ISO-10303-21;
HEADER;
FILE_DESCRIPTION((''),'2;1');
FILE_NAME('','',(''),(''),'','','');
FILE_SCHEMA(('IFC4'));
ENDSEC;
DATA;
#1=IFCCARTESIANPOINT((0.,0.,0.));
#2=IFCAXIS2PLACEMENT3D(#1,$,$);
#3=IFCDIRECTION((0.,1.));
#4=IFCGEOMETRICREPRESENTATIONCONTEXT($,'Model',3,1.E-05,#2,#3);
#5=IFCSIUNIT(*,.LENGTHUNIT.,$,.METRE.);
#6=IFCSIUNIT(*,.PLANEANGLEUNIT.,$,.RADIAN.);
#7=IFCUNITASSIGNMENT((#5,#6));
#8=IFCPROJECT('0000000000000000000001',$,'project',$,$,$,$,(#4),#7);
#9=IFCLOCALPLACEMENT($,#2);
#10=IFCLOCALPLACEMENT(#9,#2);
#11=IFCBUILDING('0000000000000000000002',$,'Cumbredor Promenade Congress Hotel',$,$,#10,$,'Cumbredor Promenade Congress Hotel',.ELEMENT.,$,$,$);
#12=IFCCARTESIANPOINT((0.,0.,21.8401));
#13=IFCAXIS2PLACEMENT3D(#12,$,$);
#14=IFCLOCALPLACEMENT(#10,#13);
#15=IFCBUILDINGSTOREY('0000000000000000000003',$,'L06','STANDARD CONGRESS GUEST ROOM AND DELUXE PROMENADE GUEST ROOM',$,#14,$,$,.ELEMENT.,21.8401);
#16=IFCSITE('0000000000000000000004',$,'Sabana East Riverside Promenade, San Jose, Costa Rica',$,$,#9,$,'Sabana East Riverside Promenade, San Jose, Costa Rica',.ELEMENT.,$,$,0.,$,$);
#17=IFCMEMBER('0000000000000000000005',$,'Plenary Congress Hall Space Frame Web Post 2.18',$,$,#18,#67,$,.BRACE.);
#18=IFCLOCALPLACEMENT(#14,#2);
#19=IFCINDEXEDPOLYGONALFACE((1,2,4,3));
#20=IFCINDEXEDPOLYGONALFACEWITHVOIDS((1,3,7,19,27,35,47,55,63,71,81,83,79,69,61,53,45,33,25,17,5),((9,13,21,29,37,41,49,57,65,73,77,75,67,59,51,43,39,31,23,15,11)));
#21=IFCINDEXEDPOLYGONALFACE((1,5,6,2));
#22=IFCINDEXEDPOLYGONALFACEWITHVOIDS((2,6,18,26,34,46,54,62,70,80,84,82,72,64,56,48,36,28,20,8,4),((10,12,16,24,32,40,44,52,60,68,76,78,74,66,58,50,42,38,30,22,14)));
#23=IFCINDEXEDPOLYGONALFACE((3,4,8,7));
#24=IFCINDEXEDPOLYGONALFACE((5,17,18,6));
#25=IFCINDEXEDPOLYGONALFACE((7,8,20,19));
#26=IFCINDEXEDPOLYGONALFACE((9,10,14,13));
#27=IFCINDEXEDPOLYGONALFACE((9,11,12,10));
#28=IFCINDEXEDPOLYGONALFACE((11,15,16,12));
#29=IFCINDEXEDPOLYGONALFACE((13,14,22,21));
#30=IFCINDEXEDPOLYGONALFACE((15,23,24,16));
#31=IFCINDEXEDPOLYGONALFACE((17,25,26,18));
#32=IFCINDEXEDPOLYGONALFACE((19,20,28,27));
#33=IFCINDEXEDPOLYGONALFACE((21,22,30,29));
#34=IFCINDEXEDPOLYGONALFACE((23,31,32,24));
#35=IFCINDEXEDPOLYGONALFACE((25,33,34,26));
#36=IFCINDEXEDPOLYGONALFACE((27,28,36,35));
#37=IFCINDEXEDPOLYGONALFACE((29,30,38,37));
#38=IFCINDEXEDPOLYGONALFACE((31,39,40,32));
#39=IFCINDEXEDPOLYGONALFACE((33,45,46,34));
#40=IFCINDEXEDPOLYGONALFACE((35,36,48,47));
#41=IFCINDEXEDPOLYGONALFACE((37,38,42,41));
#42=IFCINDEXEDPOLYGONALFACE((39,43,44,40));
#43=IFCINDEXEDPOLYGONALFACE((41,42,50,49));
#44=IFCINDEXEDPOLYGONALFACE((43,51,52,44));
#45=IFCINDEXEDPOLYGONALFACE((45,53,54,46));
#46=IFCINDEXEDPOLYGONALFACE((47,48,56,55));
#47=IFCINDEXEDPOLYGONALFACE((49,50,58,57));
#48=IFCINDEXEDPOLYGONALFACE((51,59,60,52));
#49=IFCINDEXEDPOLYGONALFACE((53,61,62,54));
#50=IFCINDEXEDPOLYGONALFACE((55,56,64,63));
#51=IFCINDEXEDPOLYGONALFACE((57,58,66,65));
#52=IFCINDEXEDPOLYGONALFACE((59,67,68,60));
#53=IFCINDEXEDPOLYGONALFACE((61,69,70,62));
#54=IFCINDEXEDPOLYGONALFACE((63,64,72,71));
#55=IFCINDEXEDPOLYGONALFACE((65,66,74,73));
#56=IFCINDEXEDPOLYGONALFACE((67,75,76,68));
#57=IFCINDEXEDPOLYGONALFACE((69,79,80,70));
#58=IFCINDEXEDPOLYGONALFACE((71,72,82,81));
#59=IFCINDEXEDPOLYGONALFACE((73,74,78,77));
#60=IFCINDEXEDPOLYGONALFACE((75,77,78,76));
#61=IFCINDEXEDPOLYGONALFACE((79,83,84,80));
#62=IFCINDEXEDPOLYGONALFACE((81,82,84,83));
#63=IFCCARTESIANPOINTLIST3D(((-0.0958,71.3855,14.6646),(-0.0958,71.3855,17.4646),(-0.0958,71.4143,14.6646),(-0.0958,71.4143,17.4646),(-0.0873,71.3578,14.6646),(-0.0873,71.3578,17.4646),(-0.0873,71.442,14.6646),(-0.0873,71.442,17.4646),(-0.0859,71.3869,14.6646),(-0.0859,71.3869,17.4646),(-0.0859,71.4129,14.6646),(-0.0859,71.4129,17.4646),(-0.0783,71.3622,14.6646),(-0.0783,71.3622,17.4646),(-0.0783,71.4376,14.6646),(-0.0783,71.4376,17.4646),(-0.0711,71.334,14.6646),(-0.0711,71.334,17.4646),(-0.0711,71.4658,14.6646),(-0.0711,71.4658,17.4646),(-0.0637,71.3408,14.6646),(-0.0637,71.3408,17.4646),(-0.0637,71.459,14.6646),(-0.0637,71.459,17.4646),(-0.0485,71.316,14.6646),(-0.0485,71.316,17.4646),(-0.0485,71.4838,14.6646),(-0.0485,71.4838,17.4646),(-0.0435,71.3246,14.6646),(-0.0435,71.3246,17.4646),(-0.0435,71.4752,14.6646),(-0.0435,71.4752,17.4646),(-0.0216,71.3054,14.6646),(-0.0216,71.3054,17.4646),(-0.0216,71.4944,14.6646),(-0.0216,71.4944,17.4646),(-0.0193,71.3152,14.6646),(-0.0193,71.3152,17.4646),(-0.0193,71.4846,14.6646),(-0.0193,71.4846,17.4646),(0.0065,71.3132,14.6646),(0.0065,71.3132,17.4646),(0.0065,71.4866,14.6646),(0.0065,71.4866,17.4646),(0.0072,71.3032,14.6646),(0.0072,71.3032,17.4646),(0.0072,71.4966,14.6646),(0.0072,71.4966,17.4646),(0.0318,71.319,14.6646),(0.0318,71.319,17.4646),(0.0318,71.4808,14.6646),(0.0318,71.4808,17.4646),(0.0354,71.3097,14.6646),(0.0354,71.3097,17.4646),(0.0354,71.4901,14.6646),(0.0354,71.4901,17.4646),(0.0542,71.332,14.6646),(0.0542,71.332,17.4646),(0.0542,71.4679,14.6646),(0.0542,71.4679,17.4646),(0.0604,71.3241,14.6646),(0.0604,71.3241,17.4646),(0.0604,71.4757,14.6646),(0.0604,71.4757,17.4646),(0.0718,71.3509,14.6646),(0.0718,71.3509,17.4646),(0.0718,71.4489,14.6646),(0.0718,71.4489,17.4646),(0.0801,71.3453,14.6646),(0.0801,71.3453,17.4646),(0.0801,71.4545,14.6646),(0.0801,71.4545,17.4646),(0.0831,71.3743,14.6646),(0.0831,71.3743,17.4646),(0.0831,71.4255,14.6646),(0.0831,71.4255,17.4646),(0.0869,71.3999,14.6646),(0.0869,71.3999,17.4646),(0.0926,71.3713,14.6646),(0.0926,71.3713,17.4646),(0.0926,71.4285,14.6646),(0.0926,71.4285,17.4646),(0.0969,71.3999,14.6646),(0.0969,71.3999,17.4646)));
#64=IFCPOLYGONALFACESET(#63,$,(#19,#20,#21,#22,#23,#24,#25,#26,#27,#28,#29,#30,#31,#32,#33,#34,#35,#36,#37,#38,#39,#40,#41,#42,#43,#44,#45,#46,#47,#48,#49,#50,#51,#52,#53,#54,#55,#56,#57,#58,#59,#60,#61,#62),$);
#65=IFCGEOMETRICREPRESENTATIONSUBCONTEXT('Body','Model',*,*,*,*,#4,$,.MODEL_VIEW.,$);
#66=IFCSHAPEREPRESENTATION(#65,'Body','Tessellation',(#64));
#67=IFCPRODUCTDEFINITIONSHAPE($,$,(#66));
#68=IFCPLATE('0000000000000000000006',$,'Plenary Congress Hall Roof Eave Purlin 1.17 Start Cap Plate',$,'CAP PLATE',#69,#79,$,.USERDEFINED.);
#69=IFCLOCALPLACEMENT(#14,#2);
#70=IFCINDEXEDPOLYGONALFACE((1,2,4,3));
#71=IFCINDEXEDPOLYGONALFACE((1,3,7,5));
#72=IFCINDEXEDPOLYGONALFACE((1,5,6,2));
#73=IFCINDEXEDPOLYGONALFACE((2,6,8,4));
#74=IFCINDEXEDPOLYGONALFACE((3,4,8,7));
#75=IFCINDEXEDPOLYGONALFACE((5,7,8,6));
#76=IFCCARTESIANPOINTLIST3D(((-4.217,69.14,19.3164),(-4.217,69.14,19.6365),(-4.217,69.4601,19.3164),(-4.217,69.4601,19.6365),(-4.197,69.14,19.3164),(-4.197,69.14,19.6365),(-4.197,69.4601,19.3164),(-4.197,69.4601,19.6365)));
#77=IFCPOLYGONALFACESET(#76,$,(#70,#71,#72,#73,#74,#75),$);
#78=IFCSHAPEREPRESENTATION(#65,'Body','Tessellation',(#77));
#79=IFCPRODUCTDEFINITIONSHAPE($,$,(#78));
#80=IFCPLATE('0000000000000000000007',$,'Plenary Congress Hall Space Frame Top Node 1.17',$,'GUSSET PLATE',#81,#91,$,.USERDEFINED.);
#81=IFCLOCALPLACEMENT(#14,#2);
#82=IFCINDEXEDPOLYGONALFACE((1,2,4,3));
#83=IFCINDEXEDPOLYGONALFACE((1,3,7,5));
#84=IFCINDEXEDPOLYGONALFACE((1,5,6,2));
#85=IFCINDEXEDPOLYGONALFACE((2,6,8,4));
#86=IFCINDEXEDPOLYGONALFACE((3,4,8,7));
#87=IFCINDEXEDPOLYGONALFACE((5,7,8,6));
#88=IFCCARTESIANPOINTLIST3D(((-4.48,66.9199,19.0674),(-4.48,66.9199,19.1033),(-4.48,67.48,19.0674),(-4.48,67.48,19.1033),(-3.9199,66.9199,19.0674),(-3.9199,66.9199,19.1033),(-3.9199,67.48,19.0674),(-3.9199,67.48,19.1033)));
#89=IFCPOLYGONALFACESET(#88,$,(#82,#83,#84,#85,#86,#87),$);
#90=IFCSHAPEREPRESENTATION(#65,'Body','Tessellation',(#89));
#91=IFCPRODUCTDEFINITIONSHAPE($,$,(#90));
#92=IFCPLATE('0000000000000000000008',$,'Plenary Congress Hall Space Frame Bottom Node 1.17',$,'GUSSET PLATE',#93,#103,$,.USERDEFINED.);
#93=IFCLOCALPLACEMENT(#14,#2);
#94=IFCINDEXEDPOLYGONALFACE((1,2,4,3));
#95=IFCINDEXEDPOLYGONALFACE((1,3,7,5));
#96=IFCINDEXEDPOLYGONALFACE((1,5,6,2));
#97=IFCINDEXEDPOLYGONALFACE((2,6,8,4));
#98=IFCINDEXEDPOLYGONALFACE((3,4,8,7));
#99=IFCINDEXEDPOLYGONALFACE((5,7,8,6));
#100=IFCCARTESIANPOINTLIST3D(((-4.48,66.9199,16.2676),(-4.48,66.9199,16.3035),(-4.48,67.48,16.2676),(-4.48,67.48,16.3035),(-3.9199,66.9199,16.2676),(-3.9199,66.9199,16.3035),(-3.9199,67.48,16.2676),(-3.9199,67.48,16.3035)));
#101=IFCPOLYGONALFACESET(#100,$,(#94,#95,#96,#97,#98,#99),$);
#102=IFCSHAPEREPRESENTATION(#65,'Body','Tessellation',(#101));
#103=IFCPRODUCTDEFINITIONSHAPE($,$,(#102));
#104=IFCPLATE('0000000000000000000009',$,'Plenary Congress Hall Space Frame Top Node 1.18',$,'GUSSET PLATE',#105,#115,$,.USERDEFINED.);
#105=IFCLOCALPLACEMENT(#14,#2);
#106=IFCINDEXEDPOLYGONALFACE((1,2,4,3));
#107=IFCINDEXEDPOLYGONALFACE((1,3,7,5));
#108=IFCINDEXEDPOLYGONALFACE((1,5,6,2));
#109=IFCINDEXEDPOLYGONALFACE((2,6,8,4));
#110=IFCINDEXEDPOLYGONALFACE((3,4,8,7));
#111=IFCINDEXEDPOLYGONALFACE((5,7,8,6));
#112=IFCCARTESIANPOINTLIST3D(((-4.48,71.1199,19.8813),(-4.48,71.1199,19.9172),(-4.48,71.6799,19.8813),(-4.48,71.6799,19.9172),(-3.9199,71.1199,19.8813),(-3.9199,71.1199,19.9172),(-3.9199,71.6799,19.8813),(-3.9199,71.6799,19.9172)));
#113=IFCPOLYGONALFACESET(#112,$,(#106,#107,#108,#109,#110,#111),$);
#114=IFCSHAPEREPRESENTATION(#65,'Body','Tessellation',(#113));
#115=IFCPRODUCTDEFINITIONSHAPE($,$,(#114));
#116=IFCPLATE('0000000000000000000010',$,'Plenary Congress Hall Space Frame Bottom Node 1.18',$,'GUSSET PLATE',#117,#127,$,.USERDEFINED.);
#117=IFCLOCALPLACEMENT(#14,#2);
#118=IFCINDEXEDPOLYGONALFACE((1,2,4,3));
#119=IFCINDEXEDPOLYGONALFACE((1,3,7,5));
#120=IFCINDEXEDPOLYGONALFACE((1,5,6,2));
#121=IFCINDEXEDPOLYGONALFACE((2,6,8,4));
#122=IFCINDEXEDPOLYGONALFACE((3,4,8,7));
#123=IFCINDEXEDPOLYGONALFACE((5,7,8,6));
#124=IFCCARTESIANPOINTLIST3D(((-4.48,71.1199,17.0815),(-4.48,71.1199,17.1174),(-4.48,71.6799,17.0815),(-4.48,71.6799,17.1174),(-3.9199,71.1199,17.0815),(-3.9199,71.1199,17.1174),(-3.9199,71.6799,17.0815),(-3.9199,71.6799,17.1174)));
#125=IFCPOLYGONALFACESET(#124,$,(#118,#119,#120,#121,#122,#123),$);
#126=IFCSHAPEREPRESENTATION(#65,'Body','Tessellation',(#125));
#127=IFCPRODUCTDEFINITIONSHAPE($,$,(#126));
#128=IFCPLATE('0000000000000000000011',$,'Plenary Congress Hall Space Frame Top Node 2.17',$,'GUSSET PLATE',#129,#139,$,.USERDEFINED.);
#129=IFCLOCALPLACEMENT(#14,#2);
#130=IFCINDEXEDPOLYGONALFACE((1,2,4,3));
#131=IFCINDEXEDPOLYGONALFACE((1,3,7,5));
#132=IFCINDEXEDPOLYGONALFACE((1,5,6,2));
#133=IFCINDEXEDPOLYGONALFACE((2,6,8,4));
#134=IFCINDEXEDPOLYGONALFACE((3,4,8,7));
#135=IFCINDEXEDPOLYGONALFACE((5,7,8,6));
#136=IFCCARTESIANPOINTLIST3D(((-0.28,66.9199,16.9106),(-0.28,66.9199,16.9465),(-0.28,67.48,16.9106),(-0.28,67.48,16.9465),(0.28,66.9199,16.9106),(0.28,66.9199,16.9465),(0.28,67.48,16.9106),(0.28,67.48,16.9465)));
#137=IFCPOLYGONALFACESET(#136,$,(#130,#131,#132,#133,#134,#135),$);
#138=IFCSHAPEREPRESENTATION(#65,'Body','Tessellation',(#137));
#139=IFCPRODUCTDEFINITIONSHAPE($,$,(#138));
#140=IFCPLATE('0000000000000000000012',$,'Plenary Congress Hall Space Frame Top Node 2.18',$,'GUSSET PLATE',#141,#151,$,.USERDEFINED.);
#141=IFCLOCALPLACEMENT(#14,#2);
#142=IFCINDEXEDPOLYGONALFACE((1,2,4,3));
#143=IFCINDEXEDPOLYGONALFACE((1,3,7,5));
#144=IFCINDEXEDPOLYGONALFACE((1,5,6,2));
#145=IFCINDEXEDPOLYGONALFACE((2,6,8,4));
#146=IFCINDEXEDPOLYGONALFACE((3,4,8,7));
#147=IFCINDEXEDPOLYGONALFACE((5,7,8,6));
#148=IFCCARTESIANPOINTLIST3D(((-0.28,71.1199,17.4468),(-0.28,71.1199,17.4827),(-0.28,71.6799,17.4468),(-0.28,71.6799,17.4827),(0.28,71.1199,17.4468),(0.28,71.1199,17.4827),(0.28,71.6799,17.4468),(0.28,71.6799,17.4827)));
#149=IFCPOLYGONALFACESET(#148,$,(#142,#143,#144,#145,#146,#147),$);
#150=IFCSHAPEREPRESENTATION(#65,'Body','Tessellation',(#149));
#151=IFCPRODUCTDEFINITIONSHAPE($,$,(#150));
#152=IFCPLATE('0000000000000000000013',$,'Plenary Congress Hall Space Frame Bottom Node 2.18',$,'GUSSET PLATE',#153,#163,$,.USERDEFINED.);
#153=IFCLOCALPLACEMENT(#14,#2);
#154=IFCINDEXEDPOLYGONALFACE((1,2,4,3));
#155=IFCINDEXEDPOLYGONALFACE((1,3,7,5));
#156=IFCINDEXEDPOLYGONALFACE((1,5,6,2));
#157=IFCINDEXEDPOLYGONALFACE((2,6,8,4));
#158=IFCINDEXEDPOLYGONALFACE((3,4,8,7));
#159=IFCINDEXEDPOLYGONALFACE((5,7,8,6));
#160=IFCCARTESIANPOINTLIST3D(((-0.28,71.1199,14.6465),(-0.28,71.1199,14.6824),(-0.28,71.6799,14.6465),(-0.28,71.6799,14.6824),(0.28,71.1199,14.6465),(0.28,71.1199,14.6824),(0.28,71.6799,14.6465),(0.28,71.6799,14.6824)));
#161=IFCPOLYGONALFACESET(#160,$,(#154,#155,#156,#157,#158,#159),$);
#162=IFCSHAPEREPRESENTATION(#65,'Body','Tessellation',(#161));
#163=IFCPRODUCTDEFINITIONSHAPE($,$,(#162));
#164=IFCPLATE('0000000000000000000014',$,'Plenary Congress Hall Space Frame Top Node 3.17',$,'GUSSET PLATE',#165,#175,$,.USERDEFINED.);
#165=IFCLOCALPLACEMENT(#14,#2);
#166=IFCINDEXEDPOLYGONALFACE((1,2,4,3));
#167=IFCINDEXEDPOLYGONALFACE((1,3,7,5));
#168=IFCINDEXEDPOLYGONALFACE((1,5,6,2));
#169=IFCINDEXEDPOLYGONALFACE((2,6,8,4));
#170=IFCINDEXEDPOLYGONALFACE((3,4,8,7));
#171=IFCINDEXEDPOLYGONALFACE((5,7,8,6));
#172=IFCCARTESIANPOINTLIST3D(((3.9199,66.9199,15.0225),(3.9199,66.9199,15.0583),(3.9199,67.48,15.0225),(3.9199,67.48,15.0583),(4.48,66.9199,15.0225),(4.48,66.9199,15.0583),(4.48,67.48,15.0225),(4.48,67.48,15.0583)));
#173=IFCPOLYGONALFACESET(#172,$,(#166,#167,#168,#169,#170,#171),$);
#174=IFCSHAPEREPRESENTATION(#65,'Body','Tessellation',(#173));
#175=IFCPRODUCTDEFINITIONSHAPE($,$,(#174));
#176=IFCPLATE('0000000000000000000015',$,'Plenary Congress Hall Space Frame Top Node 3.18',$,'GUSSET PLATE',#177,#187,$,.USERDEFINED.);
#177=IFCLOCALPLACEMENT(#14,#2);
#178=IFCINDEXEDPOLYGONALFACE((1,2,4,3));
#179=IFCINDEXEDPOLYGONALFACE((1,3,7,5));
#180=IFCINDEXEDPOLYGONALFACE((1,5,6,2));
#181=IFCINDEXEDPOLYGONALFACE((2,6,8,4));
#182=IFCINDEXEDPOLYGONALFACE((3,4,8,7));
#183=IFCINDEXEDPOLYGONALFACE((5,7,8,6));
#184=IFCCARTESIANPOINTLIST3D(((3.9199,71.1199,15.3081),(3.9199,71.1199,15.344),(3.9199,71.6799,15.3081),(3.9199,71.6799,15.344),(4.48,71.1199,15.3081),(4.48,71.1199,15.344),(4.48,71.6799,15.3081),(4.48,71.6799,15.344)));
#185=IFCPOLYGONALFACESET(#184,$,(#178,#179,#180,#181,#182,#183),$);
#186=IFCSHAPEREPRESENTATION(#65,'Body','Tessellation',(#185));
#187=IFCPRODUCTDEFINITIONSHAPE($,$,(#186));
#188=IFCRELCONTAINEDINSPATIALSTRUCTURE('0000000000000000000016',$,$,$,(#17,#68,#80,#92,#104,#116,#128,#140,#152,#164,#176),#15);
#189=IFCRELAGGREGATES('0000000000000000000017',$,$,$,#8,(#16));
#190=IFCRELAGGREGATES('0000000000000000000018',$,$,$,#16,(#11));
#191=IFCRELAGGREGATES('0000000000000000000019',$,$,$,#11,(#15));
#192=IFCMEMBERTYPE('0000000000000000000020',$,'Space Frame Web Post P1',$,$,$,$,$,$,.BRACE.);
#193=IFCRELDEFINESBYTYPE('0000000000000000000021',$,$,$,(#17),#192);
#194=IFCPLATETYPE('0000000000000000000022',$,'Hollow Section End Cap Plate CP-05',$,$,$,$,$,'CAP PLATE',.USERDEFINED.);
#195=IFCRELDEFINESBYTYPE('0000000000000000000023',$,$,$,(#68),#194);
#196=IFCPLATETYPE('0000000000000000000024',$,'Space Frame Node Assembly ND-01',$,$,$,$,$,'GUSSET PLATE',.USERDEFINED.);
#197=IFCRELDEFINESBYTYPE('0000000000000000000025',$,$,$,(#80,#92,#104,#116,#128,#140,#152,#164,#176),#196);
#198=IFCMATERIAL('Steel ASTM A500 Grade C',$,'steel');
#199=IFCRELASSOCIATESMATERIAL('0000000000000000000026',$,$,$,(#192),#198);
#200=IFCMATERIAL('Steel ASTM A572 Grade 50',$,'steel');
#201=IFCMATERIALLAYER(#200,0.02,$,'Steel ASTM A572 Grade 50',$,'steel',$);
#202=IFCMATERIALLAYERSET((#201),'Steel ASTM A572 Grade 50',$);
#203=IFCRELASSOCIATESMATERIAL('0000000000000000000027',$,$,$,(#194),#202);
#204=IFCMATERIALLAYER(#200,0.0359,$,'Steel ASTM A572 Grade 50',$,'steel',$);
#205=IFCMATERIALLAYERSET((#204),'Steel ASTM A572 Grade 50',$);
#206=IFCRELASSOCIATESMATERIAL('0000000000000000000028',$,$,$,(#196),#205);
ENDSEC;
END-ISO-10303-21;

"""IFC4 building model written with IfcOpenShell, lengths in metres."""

from ifc_helpers import new_model, si_unit, direction, frame, origin, origin_2d, place, context, subcontext, project, spatial, rectangle, hollow_circle, extrude, material, layer, layer_set, material_profile, profile_set, type_object, element, save


model = new_model("IFC4")

# Units and contexts
model_context = context("Model", 3, precision=1e-05, world=origin(), true_north=direction((0.0, 1.0)))
body_context = subcontext(model_context, "Body", "Model", "MODEL_VIEW")
ifc_project = project(units=[si_unit("LENGTHUNIT", "METRE"), si_unit("PLANEANGLEUNIT", "RADIAN")], contexts=[model_context])

# Site, building, storey
site_placement = place(None, origin())
site = spatial("IfcSite", under=ifc_project, at=site_placement, Name="Sabana East Riverside Promenade, San Jose, Costa Rica", LongName="Sabana East Riverside Promenade, San Jose, Costa Rica", CompositionType="ELEMENT", RefElevation=0.0)
building_placement = place(site_placement, origin())
building = spatial("IfcBuilding", under=site, at=building_placement, Name="Cumbredor Promenade Congress Hotel", LongName="Cumbredor Promenade Congress Hotel", CompositionType="ELEMENT")
storey_placement = place(building_placement, frame((0.0, 0.0, 21.8401)))
storey = spatial("IfcBuildingStorey", under=building, at=storey_placement, Name="L06", Description="STANDARD CONGRESS GUEST ROOM AND DELUXE PROMENADE GUEST ROOM", CompositionType="ELEMENT", Elevation=21.8401)

# Member
ifc_material_1 = material(Name="Steel ASTM A500 Grade C", Category="steel")
ifc_material_profile_1 = material_profile(ifc_material_1, hollow_circle(Radius=0.0969, WallThickness=0.01, at=origin_2d()), Name="CHS 193.7x10")
ifc_profile_set_1 = profile_set([ifc_material_profile_1], Name="Steel ASTM A500 Grade C")
member_type_1 = type_object("IfcMemberType", Name="Space Frame Web Post P1", PredefinedType="BRACE", material=ifc_profile_set_1)
for number, where, z_axis, x_axis, name in (
    (1, (0.0, 71.3999, 14.6646), (0.0, 0.0, 1.0), (1.0, 0.0, 0.0), "Plenary Congress Hall Space Frame Web Post 2.18"),
):
    element("IfcMember", number, at=place(storey_placement, frame(where, z_axis=z_axis, x_axis=x_axis)), inside=storey, type_object=member_type_1, Name=name, PredefinedType="BRACE", context=body_context, shape_type="SweptSolid", body=[
        extrude(hollow_circle(Radius=0.0969, WallThickness=0.01, at=origin_2d()), origin(), (0.0, 0.0, 1.0), 2.8),
    ])

# Plates
ifc_material_2 = material(Name="Steel ASTM A572 Grade 50", Category="steel")
ifc_layer_1 = layer(ifc_material_2, 0.02, Name="Steel ASTM A572 Grade 50", Category="steel")
ifc_layer_set_1 = layer_set([ifc_layer_1], Name="Steel ASTM A572 Grade 50")
plate_type_1 = type_object("IfcPlateType", Name="Hollow Section End Cap Plate CP-05", ElementType="CAP PLATE", PredefinedType="USERDEFINED", material=ifc_layer_set_1)
plate_placement = place(storey_placement, frame((-4.207, 69.3, 19.3164), z_axis=(0.0, 0.0, 1.0), x_axis=(1.0, 0.0, 0.0)))
element("IfcPlate", 2, at=plate_placement, inside=storey, type_object=plate_type_1, Name="Plenary Congress Hall Roof Eave Purlin 1.17 Start Cap Plate", ObjectType="CAP PLATE", PredefinedType="USERDEFINED", context=body_context, shape_type="SweptSolid", body=[
    extrude(rectangle(XDim=0.02, YDim=0.3201, at=origin_2d()), origin(), (0.0, 0.0, 1.0), 0.3201),
])
ifc_layer_2 = layer(ifc_material_2, 0.0359, Name="Steel ASTM A572 Grade 50", Category="steel")
ifc_layer_set_2 = layer_set([ifc_layer_2], Name="Steel ASTM A572 Grade 50")
plate_type_2 = type_object("IfcPlateType", Name="Space Frame Node Assembly ND-01", ElementType="GUSSET PLATE", PredefinedType="USERDEFINED", material=ifc_layer_set_2)
for number, where, z_axis, x_axis, name in (
    (3, (-4.2, 67.2, 19.0674), (0.0, 0.0, 1.0), (1.0, 0.0, 0.0), "Plenary Congress Hall Space Frame Top Node 1.17"),
    (4, (-4.2, 67.2, 16.2676), (0.0, 0.0, 1.0), (1.0, 0.0, 0.0), "Plenary Congress Hall Space Frame Bottom Node 1.17"),
    (5, (-4.2, 71.3999, 19.8813), (0.0, 0.0, 1.0), (1.0, 0.0, 0.0), "Plenary Congress Hall Space Frame Top Node 1.18"),
    (6, (-4.2, 71.3999, 17.0815), (0.0, 0.0, 1.0), (1.0, 0.0, 0.0), "Plenary Congress Hall Space Frame Bottom Node 1.18"),
    (7, (0.0, 67.2, 16.9106), (0.0, 0.0, 1.0), (1.0, 0.0, 0.0), "Plenary Congress Hall Space Frame Top Node 2.17"),
    (8, (0.0, 71.3999, 17.4468), (0.0, 0.0, 1.0), (1.0, 0.0, 0.0), "Plenary Congress Hall Space Frame Top Node 2.18"),
    (9, (0.0, 71.3999, 14.6465), (0.0, 0.0, 1.0), (1.0, 0.0, 0.0), "Plenary Congress Hall Space Frame Bottom Node 2.18"),
    (10, (4.2, 67.2, 15.0225), (0.0, 0.0, 1.0), (1.0, 0.0, 0.0), "Plenary Congress Hall Space Frame Top Node 3.17"),
    (11, (4.2, 71.3999, 15.3081), (0.0, 0.0, 1.0), (1.0, 0.0, 0.0), "Plenary Congress Hall Space Frame Top Node 3.18"),
):
    element("IfcPlate", number, at=place(storey_placement, frame(where, z_axis=z_axis, x_axis=x_axis)), inside=storey, type_object=plate_type_2, Name=name, ObjectType="GUSSET PLATE", PredefinedType="USERDEFINED", context=body_context, shape_type="SweptSolid", body=[
        extrude(rectangle(XDim=0.5601, YDim=0.5601, at=origin_2d()), origin(), (0.0, 0.0, 1.0), 0.0359),
    ])

save(model, "model.ifc")
